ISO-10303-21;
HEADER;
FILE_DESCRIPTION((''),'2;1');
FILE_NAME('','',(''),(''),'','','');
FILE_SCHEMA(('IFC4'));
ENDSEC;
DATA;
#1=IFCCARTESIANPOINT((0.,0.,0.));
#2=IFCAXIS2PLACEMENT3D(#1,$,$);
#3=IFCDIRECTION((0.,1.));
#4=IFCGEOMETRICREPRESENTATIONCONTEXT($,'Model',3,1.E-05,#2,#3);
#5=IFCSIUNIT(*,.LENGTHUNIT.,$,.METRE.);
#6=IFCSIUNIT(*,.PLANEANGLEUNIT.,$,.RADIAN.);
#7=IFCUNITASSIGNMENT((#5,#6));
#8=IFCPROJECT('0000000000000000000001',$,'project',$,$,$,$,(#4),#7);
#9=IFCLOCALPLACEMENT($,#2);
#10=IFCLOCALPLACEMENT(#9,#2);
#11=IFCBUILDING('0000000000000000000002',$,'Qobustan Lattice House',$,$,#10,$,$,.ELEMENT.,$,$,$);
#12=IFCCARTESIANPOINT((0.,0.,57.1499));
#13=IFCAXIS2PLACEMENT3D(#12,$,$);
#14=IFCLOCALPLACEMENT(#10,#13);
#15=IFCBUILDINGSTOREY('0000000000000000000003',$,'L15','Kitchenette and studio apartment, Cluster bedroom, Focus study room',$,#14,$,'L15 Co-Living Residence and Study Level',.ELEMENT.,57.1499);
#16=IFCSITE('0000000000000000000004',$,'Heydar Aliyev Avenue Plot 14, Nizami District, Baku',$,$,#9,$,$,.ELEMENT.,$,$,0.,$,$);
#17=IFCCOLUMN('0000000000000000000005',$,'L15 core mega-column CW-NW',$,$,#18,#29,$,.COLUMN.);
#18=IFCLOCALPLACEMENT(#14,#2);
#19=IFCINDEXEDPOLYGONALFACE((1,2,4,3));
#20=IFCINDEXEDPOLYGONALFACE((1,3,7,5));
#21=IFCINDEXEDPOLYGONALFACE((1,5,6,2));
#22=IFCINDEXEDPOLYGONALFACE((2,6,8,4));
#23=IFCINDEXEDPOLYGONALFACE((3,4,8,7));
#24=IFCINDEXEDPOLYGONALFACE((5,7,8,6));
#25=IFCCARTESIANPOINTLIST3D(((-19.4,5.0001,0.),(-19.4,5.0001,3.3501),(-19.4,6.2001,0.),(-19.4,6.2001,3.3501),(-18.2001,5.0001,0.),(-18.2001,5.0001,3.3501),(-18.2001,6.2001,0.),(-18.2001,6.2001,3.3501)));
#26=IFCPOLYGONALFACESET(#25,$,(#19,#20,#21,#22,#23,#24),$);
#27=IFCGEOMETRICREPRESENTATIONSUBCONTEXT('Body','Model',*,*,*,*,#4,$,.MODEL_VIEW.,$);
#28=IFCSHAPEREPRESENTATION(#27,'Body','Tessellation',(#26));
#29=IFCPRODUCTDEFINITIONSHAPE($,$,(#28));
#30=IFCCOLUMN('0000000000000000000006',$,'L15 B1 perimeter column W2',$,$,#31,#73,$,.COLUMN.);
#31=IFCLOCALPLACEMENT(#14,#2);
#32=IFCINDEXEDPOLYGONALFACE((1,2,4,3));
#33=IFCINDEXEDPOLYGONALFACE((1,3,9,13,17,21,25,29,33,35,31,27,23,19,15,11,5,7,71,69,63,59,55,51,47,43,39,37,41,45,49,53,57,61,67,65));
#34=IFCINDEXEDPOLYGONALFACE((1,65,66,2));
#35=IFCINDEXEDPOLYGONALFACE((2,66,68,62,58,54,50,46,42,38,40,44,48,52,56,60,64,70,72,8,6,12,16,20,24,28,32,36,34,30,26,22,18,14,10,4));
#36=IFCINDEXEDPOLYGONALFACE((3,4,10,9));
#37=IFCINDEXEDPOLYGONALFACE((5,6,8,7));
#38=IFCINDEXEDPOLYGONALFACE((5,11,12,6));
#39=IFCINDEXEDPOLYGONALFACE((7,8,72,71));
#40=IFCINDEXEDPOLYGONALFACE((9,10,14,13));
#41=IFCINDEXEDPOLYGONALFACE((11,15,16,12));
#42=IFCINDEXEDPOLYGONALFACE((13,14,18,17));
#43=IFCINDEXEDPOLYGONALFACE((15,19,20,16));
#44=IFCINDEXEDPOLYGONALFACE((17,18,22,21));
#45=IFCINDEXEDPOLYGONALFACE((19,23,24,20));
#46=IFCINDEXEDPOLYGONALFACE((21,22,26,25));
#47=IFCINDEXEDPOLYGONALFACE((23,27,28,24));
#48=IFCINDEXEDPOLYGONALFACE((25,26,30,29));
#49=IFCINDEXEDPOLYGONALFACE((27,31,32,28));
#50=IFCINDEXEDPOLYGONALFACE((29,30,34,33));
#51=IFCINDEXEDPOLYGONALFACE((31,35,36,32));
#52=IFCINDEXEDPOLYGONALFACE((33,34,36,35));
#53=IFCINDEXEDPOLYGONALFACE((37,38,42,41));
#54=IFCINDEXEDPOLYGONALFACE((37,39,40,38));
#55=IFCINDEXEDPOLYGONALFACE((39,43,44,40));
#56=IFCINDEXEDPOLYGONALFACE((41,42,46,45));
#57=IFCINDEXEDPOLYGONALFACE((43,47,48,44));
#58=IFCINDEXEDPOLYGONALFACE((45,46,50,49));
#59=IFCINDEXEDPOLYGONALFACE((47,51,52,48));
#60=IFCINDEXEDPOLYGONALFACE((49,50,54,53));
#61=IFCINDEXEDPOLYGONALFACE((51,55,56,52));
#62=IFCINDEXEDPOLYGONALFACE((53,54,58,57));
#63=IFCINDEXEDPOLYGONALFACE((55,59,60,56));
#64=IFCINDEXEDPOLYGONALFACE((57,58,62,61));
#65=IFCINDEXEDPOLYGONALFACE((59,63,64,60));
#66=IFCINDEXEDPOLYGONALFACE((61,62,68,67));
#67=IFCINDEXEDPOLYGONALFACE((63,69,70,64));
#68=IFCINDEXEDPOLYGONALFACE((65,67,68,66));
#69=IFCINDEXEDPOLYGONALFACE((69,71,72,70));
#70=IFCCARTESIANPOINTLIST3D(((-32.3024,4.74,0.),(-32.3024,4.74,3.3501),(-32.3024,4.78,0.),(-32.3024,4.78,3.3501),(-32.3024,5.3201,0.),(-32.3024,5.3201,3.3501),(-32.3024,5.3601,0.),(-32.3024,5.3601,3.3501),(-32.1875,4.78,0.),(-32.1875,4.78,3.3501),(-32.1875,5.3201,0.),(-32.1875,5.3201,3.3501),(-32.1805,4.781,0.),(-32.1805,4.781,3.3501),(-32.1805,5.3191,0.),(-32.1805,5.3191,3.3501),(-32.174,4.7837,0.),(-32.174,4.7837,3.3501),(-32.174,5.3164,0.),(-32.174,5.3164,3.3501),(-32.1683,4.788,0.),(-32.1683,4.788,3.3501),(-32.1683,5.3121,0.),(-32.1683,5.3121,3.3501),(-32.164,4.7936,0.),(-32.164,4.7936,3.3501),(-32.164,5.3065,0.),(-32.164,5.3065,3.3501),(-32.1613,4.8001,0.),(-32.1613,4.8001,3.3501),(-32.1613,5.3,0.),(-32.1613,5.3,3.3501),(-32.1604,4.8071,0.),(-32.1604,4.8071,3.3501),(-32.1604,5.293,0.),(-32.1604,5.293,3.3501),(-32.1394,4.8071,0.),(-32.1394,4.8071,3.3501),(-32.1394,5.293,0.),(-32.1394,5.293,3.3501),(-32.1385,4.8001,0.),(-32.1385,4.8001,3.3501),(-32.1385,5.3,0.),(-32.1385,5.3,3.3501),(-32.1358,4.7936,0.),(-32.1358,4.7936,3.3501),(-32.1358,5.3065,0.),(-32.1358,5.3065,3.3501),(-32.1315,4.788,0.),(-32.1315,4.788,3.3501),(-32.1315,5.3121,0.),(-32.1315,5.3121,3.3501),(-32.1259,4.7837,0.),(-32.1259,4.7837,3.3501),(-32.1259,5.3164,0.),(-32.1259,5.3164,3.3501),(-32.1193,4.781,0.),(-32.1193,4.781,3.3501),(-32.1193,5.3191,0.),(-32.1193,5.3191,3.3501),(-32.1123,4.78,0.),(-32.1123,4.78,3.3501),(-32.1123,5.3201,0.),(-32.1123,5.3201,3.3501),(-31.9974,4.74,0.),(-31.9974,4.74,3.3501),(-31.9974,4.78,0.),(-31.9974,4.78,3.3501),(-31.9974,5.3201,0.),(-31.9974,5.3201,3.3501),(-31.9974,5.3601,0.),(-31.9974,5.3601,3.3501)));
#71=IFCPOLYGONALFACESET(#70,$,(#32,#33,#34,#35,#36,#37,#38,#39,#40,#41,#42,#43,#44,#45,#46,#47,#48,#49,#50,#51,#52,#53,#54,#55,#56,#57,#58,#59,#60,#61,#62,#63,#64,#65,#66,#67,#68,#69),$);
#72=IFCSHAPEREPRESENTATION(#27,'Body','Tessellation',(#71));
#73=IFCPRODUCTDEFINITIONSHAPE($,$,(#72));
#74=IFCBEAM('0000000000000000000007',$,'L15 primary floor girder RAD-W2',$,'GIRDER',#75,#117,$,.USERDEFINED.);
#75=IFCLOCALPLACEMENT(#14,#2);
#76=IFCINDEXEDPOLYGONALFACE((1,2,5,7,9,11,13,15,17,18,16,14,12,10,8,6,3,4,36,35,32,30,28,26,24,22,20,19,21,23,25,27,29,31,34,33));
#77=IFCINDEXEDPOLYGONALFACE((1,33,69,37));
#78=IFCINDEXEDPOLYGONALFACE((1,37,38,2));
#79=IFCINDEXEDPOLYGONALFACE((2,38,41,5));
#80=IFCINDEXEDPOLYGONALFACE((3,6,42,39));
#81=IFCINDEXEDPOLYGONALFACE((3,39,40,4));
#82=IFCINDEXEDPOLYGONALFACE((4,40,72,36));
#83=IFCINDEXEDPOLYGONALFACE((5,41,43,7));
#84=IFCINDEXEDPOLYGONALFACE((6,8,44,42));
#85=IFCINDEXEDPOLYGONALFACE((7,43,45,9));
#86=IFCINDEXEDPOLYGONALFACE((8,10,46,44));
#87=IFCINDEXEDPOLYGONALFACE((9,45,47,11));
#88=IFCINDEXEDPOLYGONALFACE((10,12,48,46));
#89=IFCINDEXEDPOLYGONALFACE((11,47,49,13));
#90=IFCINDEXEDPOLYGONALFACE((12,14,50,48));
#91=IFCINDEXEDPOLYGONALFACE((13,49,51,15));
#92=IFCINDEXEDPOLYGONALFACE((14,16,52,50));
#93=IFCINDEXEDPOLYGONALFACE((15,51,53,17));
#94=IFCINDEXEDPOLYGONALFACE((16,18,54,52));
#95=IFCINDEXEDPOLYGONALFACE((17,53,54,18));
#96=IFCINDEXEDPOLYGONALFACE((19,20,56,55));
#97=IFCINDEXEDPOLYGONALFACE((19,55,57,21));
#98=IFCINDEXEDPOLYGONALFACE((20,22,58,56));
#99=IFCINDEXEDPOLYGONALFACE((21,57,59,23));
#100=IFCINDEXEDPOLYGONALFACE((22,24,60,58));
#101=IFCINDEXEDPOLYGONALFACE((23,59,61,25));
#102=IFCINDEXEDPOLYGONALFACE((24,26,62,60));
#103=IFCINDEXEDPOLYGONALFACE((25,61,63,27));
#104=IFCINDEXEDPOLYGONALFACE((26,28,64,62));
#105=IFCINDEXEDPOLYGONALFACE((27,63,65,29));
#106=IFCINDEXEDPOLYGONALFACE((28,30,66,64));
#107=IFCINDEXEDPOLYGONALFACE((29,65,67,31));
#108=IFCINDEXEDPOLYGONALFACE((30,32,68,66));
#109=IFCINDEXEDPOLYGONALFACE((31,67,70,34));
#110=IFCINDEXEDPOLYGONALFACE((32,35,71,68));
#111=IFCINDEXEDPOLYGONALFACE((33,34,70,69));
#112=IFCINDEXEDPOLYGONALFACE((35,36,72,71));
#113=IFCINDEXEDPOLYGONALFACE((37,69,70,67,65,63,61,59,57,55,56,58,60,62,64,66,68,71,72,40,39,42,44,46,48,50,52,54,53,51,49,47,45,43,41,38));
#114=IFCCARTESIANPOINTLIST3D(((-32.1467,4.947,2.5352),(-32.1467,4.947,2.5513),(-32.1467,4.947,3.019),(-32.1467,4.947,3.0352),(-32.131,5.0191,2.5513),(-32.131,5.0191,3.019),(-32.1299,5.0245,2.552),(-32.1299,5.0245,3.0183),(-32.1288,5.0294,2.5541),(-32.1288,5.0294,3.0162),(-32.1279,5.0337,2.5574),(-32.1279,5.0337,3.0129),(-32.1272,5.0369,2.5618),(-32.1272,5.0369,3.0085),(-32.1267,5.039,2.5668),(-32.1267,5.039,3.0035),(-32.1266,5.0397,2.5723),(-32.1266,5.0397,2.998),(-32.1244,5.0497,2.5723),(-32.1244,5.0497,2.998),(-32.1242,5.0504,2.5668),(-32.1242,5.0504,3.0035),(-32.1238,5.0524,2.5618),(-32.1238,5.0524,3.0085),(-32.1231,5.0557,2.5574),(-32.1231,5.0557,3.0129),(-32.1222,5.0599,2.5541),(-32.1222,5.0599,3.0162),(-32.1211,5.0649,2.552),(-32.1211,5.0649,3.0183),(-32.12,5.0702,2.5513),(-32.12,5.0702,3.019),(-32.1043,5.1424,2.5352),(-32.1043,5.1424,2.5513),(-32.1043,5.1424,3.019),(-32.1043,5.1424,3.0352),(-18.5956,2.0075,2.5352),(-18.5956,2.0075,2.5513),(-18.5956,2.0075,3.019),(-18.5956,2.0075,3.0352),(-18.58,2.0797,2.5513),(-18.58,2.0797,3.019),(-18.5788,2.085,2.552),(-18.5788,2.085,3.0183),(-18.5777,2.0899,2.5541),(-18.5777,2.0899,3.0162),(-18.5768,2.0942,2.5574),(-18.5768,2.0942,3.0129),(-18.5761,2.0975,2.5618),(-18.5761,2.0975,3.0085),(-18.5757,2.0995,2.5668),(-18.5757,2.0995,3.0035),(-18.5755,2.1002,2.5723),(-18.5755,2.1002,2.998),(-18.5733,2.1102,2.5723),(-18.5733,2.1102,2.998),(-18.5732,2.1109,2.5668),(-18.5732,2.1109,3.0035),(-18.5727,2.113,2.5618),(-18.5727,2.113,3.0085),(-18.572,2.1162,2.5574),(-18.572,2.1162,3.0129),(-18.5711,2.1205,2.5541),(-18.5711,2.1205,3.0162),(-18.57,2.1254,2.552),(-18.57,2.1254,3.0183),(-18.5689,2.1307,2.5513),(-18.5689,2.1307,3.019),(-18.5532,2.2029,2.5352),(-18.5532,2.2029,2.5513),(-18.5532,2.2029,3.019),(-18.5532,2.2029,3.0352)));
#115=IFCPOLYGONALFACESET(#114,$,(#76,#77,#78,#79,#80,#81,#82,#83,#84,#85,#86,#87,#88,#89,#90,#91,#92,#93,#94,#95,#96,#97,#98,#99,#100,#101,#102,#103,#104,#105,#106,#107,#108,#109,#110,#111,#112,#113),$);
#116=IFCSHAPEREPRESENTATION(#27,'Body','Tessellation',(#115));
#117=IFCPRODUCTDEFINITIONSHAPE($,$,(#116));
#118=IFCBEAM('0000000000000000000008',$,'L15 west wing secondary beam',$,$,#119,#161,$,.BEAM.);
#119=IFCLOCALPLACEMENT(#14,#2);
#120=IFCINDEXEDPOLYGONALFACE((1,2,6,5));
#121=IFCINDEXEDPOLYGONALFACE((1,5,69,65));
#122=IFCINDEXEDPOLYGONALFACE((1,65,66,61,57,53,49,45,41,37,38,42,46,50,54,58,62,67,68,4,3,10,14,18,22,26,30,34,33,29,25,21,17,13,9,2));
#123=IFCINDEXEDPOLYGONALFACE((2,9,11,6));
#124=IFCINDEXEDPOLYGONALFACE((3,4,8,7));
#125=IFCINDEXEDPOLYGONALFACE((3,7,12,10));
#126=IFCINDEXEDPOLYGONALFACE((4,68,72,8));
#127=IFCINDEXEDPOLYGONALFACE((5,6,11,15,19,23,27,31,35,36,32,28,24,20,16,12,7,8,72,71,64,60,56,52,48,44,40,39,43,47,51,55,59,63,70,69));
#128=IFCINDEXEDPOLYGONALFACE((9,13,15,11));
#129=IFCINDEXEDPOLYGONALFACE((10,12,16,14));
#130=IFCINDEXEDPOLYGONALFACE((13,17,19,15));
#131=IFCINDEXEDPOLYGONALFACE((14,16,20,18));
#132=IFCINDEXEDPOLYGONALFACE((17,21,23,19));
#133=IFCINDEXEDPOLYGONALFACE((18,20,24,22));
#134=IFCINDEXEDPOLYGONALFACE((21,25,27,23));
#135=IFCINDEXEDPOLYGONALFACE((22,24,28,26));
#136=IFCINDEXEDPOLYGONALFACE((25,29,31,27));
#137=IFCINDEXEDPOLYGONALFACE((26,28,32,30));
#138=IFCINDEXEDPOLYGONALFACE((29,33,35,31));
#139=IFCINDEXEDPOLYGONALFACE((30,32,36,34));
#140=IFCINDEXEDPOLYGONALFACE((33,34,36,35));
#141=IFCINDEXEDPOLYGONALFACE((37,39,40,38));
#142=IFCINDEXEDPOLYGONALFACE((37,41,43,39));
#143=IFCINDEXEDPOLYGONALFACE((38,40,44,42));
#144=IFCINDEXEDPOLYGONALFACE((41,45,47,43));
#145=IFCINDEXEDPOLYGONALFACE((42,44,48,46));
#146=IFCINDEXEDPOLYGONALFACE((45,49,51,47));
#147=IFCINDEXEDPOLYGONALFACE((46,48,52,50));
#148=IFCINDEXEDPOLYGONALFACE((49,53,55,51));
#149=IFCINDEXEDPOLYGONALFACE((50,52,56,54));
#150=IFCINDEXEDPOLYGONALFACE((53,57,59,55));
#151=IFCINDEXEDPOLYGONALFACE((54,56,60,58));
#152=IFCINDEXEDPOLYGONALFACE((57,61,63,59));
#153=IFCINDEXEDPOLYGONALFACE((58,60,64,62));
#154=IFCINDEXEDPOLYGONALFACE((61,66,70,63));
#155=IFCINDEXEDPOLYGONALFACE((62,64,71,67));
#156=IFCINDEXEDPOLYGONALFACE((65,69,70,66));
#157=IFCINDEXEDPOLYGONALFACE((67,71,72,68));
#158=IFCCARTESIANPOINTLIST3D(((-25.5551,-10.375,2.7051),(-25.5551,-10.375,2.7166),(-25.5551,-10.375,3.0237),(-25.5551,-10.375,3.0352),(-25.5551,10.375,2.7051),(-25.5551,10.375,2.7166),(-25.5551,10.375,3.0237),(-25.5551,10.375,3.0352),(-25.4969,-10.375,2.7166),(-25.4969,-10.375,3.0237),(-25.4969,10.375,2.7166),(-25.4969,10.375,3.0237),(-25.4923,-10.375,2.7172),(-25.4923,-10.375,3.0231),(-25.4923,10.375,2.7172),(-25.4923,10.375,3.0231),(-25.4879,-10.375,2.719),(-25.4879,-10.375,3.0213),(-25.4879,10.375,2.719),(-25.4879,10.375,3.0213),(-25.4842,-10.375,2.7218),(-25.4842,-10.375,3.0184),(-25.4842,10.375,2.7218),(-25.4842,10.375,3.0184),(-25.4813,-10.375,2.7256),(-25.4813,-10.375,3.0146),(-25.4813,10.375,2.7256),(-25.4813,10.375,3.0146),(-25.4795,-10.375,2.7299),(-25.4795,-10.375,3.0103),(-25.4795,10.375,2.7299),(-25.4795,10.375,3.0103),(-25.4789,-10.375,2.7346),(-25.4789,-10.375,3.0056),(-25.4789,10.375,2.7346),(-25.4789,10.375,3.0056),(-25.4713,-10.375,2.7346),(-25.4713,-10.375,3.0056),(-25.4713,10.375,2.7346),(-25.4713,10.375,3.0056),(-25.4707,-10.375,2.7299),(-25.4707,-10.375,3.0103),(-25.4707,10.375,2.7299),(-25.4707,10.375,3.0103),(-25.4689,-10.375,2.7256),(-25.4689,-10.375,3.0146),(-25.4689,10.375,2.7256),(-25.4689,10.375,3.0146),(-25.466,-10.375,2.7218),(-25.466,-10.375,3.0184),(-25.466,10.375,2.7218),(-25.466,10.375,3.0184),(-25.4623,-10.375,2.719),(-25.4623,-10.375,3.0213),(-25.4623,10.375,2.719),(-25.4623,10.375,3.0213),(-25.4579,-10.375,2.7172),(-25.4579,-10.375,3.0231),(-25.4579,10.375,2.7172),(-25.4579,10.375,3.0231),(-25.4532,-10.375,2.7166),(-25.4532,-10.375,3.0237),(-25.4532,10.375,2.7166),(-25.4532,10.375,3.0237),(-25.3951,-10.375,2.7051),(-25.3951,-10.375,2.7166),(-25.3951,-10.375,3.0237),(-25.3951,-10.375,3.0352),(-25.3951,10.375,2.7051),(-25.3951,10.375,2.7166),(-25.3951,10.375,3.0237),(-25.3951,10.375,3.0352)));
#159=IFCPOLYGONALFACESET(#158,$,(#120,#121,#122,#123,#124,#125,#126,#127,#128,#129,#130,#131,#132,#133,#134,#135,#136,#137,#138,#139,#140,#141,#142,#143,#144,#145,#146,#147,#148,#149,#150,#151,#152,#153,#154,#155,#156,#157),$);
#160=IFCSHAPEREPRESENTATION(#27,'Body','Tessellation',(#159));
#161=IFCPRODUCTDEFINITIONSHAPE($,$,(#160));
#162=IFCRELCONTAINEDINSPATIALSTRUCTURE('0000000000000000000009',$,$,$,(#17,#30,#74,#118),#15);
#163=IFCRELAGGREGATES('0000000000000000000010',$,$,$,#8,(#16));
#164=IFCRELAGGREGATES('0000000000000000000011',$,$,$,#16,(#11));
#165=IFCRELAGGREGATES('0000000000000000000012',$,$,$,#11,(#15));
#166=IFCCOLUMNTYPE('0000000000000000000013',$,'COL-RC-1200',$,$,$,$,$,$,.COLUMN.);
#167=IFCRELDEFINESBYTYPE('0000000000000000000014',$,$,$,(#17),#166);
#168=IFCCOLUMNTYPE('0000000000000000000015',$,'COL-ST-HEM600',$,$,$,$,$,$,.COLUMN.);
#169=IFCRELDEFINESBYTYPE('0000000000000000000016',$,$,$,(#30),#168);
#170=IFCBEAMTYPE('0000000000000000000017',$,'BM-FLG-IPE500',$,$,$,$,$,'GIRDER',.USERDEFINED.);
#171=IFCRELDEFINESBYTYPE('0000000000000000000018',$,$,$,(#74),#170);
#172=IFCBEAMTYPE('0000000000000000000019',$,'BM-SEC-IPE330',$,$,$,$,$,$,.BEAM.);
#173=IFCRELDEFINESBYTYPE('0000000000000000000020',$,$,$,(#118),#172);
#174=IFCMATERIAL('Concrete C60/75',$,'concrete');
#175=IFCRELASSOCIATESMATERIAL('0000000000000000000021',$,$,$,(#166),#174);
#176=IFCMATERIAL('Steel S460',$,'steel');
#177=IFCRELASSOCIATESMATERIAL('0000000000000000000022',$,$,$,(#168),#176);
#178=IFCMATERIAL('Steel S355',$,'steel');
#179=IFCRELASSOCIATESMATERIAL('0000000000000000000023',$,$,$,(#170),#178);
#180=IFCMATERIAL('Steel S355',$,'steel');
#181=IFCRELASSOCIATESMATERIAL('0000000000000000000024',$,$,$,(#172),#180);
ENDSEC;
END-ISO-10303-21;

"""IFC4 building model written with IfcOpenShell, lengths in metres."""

from ifc_helpers import new_model, si_unit, direction, frame, origin, origin_2d, place, context, subcontext, project, spatial, rectangle, i_section, extrude, material, material_profile, profile_set, type_object, element, save


model = new_model("IFC4")

# Units and contexts
model_context = context("Model", 3, precision=1e-05, world=origin(), true_north=direction((0.0, 1.0)))
body_context = subcontext(model_context, "Body", "Model", "MODEL_VIEW")
ifc_project = project(units=[si_unit("LENGTHUNIT", "METRE"), si_unit("PLANEANGLEUNIT", "RADIAN")], contexts=[model_context])

# Site, building, storey
site_placement = place(None, origin())
site = spatial("IfcSite", under=ifc_project, at=site_placement, Name="Heydar Aliyev Avenue Plot 14, Nizami District, Baku", CompositionType="ELEMENT", RefElevation=0.0)
building_placement = place(site_placement, origin())
building = spatial("IfcBuilding", under=site, at=building_placement, Name="Qobustan Lattice House", CompositionType="ELEMENT")
storey_placement = place(building_placement, frame((0.0, 0.0, 57.1499)))
storey = spatial("IfcBuildingStorey", under=building, at=storey_placement, Name="L15", Description="Kitchenette and studio apartment, Cluster bedroom, Focus study room", LongName="L15 Co-Living Residence and Study Level", CompositionType="ELEMENT", Elevation=57.1499)

# Columns
ifc_material_1 = material(Name="Concrete C60/75", Category="concrete")
ifc_material_profile_1 = material_profile(ifc_material_1, rectangle(XDim=1.2, YDim=1.2, at=origin_2d()), Name="RC1200x1200")
ifc_profile_set_1 = profile_set([ifc_material_profile_1], Name="Concrete C60/75")
column_type_1 = type_object("IfcColumnType", Name="COL-RC-1200", PredefinedType="COLUMN", material=ifc_profile_set_1)
column_1_placement = place(storey_placement, frame((-18.8, 5.6001, 0.0), z_axis=(0.0, 0.0, 1.0), x_axis=(1.0, 0.0, 0.0)))
element("IfcColumn", 1, at=column_1_placement, inside=storey, type_object=column_type_1, Name="L15 core mega-column CW-NW", PredefinedType="COLUMN", context=body_context, shape_type="SweptSolid", body=[
    extrude(rectangle(XDim=1.2, YDim=1.2, at=origin_2d()), origin(), (0.0, 0.0, 1.0), 3.3501),
])
ifc_material_2 = material(Name="Steel S460", Category="steel")
ifc_material_profile_2 = material_profile(ifc_material_2, i_section(OverallWidth=0.3049, OverallDepth=0.6201, WebThickness=0.021, FlangeThickness=0.04, FilletRadius=0.0271, at=origin_2d()), Name="HEM600")
ifc_profile_set_2 = profile_set([ifc_material_profile_2], Name="Steel S460")
column_type_2 = type_object("IfcColumnType", Name="COL-ST-HEM600", PredefinedType="COLUMN", material=ifc_profile_set_2)
column_2_placement = place(storey_placement, frame((-32.1499, 5.05, 0.0), z_axis=(0.0, 0.0, 1.0), x_axis=(1.0, 0.0, 0.0)))
element("IfcColumn", 2, at=column_2_placement, inside=storey, type_object=column_type_2, Name="L15 B1 perimeter column W2", PredefinedType="COLUMN", context=body_context, shape_type="SweptSolid", body=[
    extrude(i_section(OverallWidth=0.3049, OverallDepth=0.6201, WebThickness=0.021, FlangeThickness=0.04, FilletRadius=0.0271, at=origin_2d()), origin(), (0.0, 0.0, 1.0), 3.3501),
])

# Beams
ifc_material_3 = material(Name="Steel S355", Category="steel")
ifc_material_profile_3 = material_profile(ifc_material_3, i_section(OverallWidth=0.2, OverallDepth=0.5, WebThickness=0.0103, FlangeThickness=0.0161, FilletRadius=0.021, at=origin_2d()), Name="IPE500")
ifc_profile_set_3 = profile_set([ifc_material_profile_3], Name="Steel S355")
beam_type_1 = type_object("IfcBeamType", Name="BM-FLG-IPE500", ElementType="GIRDER", PredefinedType="USERDEFINED", material=ifc_profile_set_3)
beam_1_placement = place(storey_placement, frame((-32.1255, 5.0447, 2.7852), z_axis=(0.977272, -0.211987, 0.0), x_axis=(0.211987, 0.977272, 0.0)))
element("IfcBeam", 3, at=beam_1_placement, inside=storey, type_object=beam_type_1, Name="L15 primary floor girder RAD-W2", ObjectType="GIRDER", PredefinedType="USERDEFINED", context=body_context, shape_type="SweptSolid", body=[
    extrude(i_section(OverallWidth=0.2, OverallDepth=0.5, WebThickness=0.0103, FlangeThickness=0.0161, FilletRadius=0.021, at=origin_2d()), origin(), (0.0, 0.0, 1.0), 13.8662),
])
ifc_material_4 = material(Name="Steel S355", Category="steel")
ifc_material_profile_4 = material_profile(ifc_material_4, i_section(OverallWidth=0.1599, OverallDepth=0.3301, WebThickness=0.0076, FlangeThickness=0.0115, FilletRadius=0.0181, at=origin_2d()), Name="IPE330")
ifc_profile_set_4 = profile_set([ifc_material_profile_4], Name="Steel S355")
beam_type_2 = type_object("IfcBeamType", Name="BM-SEC-IPE330", PredefinedType="BEAM", material=ifc_profile_set_4)
beam_2_placement = place(storey_placement, frame((-25.4751, 10.375, 2.8701), z_axis=(0.0, -1.0, 0.0), x_axis=(1.0, 0.0, 0.0)))
element("IfcBeam", 4, at=beam_2_placement, inside=storey, type_object=beam_type_2, Name="L15 west wing secondary beam", PredefinedType="BEAM", context=body_context, shape_type="SweptSolid", body=[
    extrude(i_section(OverallWidth=0.1599, OverallDepth=0.3301, WebThickness=0.0076, FlangeThickness=0.0115, FilletRadius=0.0181, at=origin_2d()), origin(), (0.0, 0.0, 1.0), 20.75),
])

save(model, "model.ifc")
